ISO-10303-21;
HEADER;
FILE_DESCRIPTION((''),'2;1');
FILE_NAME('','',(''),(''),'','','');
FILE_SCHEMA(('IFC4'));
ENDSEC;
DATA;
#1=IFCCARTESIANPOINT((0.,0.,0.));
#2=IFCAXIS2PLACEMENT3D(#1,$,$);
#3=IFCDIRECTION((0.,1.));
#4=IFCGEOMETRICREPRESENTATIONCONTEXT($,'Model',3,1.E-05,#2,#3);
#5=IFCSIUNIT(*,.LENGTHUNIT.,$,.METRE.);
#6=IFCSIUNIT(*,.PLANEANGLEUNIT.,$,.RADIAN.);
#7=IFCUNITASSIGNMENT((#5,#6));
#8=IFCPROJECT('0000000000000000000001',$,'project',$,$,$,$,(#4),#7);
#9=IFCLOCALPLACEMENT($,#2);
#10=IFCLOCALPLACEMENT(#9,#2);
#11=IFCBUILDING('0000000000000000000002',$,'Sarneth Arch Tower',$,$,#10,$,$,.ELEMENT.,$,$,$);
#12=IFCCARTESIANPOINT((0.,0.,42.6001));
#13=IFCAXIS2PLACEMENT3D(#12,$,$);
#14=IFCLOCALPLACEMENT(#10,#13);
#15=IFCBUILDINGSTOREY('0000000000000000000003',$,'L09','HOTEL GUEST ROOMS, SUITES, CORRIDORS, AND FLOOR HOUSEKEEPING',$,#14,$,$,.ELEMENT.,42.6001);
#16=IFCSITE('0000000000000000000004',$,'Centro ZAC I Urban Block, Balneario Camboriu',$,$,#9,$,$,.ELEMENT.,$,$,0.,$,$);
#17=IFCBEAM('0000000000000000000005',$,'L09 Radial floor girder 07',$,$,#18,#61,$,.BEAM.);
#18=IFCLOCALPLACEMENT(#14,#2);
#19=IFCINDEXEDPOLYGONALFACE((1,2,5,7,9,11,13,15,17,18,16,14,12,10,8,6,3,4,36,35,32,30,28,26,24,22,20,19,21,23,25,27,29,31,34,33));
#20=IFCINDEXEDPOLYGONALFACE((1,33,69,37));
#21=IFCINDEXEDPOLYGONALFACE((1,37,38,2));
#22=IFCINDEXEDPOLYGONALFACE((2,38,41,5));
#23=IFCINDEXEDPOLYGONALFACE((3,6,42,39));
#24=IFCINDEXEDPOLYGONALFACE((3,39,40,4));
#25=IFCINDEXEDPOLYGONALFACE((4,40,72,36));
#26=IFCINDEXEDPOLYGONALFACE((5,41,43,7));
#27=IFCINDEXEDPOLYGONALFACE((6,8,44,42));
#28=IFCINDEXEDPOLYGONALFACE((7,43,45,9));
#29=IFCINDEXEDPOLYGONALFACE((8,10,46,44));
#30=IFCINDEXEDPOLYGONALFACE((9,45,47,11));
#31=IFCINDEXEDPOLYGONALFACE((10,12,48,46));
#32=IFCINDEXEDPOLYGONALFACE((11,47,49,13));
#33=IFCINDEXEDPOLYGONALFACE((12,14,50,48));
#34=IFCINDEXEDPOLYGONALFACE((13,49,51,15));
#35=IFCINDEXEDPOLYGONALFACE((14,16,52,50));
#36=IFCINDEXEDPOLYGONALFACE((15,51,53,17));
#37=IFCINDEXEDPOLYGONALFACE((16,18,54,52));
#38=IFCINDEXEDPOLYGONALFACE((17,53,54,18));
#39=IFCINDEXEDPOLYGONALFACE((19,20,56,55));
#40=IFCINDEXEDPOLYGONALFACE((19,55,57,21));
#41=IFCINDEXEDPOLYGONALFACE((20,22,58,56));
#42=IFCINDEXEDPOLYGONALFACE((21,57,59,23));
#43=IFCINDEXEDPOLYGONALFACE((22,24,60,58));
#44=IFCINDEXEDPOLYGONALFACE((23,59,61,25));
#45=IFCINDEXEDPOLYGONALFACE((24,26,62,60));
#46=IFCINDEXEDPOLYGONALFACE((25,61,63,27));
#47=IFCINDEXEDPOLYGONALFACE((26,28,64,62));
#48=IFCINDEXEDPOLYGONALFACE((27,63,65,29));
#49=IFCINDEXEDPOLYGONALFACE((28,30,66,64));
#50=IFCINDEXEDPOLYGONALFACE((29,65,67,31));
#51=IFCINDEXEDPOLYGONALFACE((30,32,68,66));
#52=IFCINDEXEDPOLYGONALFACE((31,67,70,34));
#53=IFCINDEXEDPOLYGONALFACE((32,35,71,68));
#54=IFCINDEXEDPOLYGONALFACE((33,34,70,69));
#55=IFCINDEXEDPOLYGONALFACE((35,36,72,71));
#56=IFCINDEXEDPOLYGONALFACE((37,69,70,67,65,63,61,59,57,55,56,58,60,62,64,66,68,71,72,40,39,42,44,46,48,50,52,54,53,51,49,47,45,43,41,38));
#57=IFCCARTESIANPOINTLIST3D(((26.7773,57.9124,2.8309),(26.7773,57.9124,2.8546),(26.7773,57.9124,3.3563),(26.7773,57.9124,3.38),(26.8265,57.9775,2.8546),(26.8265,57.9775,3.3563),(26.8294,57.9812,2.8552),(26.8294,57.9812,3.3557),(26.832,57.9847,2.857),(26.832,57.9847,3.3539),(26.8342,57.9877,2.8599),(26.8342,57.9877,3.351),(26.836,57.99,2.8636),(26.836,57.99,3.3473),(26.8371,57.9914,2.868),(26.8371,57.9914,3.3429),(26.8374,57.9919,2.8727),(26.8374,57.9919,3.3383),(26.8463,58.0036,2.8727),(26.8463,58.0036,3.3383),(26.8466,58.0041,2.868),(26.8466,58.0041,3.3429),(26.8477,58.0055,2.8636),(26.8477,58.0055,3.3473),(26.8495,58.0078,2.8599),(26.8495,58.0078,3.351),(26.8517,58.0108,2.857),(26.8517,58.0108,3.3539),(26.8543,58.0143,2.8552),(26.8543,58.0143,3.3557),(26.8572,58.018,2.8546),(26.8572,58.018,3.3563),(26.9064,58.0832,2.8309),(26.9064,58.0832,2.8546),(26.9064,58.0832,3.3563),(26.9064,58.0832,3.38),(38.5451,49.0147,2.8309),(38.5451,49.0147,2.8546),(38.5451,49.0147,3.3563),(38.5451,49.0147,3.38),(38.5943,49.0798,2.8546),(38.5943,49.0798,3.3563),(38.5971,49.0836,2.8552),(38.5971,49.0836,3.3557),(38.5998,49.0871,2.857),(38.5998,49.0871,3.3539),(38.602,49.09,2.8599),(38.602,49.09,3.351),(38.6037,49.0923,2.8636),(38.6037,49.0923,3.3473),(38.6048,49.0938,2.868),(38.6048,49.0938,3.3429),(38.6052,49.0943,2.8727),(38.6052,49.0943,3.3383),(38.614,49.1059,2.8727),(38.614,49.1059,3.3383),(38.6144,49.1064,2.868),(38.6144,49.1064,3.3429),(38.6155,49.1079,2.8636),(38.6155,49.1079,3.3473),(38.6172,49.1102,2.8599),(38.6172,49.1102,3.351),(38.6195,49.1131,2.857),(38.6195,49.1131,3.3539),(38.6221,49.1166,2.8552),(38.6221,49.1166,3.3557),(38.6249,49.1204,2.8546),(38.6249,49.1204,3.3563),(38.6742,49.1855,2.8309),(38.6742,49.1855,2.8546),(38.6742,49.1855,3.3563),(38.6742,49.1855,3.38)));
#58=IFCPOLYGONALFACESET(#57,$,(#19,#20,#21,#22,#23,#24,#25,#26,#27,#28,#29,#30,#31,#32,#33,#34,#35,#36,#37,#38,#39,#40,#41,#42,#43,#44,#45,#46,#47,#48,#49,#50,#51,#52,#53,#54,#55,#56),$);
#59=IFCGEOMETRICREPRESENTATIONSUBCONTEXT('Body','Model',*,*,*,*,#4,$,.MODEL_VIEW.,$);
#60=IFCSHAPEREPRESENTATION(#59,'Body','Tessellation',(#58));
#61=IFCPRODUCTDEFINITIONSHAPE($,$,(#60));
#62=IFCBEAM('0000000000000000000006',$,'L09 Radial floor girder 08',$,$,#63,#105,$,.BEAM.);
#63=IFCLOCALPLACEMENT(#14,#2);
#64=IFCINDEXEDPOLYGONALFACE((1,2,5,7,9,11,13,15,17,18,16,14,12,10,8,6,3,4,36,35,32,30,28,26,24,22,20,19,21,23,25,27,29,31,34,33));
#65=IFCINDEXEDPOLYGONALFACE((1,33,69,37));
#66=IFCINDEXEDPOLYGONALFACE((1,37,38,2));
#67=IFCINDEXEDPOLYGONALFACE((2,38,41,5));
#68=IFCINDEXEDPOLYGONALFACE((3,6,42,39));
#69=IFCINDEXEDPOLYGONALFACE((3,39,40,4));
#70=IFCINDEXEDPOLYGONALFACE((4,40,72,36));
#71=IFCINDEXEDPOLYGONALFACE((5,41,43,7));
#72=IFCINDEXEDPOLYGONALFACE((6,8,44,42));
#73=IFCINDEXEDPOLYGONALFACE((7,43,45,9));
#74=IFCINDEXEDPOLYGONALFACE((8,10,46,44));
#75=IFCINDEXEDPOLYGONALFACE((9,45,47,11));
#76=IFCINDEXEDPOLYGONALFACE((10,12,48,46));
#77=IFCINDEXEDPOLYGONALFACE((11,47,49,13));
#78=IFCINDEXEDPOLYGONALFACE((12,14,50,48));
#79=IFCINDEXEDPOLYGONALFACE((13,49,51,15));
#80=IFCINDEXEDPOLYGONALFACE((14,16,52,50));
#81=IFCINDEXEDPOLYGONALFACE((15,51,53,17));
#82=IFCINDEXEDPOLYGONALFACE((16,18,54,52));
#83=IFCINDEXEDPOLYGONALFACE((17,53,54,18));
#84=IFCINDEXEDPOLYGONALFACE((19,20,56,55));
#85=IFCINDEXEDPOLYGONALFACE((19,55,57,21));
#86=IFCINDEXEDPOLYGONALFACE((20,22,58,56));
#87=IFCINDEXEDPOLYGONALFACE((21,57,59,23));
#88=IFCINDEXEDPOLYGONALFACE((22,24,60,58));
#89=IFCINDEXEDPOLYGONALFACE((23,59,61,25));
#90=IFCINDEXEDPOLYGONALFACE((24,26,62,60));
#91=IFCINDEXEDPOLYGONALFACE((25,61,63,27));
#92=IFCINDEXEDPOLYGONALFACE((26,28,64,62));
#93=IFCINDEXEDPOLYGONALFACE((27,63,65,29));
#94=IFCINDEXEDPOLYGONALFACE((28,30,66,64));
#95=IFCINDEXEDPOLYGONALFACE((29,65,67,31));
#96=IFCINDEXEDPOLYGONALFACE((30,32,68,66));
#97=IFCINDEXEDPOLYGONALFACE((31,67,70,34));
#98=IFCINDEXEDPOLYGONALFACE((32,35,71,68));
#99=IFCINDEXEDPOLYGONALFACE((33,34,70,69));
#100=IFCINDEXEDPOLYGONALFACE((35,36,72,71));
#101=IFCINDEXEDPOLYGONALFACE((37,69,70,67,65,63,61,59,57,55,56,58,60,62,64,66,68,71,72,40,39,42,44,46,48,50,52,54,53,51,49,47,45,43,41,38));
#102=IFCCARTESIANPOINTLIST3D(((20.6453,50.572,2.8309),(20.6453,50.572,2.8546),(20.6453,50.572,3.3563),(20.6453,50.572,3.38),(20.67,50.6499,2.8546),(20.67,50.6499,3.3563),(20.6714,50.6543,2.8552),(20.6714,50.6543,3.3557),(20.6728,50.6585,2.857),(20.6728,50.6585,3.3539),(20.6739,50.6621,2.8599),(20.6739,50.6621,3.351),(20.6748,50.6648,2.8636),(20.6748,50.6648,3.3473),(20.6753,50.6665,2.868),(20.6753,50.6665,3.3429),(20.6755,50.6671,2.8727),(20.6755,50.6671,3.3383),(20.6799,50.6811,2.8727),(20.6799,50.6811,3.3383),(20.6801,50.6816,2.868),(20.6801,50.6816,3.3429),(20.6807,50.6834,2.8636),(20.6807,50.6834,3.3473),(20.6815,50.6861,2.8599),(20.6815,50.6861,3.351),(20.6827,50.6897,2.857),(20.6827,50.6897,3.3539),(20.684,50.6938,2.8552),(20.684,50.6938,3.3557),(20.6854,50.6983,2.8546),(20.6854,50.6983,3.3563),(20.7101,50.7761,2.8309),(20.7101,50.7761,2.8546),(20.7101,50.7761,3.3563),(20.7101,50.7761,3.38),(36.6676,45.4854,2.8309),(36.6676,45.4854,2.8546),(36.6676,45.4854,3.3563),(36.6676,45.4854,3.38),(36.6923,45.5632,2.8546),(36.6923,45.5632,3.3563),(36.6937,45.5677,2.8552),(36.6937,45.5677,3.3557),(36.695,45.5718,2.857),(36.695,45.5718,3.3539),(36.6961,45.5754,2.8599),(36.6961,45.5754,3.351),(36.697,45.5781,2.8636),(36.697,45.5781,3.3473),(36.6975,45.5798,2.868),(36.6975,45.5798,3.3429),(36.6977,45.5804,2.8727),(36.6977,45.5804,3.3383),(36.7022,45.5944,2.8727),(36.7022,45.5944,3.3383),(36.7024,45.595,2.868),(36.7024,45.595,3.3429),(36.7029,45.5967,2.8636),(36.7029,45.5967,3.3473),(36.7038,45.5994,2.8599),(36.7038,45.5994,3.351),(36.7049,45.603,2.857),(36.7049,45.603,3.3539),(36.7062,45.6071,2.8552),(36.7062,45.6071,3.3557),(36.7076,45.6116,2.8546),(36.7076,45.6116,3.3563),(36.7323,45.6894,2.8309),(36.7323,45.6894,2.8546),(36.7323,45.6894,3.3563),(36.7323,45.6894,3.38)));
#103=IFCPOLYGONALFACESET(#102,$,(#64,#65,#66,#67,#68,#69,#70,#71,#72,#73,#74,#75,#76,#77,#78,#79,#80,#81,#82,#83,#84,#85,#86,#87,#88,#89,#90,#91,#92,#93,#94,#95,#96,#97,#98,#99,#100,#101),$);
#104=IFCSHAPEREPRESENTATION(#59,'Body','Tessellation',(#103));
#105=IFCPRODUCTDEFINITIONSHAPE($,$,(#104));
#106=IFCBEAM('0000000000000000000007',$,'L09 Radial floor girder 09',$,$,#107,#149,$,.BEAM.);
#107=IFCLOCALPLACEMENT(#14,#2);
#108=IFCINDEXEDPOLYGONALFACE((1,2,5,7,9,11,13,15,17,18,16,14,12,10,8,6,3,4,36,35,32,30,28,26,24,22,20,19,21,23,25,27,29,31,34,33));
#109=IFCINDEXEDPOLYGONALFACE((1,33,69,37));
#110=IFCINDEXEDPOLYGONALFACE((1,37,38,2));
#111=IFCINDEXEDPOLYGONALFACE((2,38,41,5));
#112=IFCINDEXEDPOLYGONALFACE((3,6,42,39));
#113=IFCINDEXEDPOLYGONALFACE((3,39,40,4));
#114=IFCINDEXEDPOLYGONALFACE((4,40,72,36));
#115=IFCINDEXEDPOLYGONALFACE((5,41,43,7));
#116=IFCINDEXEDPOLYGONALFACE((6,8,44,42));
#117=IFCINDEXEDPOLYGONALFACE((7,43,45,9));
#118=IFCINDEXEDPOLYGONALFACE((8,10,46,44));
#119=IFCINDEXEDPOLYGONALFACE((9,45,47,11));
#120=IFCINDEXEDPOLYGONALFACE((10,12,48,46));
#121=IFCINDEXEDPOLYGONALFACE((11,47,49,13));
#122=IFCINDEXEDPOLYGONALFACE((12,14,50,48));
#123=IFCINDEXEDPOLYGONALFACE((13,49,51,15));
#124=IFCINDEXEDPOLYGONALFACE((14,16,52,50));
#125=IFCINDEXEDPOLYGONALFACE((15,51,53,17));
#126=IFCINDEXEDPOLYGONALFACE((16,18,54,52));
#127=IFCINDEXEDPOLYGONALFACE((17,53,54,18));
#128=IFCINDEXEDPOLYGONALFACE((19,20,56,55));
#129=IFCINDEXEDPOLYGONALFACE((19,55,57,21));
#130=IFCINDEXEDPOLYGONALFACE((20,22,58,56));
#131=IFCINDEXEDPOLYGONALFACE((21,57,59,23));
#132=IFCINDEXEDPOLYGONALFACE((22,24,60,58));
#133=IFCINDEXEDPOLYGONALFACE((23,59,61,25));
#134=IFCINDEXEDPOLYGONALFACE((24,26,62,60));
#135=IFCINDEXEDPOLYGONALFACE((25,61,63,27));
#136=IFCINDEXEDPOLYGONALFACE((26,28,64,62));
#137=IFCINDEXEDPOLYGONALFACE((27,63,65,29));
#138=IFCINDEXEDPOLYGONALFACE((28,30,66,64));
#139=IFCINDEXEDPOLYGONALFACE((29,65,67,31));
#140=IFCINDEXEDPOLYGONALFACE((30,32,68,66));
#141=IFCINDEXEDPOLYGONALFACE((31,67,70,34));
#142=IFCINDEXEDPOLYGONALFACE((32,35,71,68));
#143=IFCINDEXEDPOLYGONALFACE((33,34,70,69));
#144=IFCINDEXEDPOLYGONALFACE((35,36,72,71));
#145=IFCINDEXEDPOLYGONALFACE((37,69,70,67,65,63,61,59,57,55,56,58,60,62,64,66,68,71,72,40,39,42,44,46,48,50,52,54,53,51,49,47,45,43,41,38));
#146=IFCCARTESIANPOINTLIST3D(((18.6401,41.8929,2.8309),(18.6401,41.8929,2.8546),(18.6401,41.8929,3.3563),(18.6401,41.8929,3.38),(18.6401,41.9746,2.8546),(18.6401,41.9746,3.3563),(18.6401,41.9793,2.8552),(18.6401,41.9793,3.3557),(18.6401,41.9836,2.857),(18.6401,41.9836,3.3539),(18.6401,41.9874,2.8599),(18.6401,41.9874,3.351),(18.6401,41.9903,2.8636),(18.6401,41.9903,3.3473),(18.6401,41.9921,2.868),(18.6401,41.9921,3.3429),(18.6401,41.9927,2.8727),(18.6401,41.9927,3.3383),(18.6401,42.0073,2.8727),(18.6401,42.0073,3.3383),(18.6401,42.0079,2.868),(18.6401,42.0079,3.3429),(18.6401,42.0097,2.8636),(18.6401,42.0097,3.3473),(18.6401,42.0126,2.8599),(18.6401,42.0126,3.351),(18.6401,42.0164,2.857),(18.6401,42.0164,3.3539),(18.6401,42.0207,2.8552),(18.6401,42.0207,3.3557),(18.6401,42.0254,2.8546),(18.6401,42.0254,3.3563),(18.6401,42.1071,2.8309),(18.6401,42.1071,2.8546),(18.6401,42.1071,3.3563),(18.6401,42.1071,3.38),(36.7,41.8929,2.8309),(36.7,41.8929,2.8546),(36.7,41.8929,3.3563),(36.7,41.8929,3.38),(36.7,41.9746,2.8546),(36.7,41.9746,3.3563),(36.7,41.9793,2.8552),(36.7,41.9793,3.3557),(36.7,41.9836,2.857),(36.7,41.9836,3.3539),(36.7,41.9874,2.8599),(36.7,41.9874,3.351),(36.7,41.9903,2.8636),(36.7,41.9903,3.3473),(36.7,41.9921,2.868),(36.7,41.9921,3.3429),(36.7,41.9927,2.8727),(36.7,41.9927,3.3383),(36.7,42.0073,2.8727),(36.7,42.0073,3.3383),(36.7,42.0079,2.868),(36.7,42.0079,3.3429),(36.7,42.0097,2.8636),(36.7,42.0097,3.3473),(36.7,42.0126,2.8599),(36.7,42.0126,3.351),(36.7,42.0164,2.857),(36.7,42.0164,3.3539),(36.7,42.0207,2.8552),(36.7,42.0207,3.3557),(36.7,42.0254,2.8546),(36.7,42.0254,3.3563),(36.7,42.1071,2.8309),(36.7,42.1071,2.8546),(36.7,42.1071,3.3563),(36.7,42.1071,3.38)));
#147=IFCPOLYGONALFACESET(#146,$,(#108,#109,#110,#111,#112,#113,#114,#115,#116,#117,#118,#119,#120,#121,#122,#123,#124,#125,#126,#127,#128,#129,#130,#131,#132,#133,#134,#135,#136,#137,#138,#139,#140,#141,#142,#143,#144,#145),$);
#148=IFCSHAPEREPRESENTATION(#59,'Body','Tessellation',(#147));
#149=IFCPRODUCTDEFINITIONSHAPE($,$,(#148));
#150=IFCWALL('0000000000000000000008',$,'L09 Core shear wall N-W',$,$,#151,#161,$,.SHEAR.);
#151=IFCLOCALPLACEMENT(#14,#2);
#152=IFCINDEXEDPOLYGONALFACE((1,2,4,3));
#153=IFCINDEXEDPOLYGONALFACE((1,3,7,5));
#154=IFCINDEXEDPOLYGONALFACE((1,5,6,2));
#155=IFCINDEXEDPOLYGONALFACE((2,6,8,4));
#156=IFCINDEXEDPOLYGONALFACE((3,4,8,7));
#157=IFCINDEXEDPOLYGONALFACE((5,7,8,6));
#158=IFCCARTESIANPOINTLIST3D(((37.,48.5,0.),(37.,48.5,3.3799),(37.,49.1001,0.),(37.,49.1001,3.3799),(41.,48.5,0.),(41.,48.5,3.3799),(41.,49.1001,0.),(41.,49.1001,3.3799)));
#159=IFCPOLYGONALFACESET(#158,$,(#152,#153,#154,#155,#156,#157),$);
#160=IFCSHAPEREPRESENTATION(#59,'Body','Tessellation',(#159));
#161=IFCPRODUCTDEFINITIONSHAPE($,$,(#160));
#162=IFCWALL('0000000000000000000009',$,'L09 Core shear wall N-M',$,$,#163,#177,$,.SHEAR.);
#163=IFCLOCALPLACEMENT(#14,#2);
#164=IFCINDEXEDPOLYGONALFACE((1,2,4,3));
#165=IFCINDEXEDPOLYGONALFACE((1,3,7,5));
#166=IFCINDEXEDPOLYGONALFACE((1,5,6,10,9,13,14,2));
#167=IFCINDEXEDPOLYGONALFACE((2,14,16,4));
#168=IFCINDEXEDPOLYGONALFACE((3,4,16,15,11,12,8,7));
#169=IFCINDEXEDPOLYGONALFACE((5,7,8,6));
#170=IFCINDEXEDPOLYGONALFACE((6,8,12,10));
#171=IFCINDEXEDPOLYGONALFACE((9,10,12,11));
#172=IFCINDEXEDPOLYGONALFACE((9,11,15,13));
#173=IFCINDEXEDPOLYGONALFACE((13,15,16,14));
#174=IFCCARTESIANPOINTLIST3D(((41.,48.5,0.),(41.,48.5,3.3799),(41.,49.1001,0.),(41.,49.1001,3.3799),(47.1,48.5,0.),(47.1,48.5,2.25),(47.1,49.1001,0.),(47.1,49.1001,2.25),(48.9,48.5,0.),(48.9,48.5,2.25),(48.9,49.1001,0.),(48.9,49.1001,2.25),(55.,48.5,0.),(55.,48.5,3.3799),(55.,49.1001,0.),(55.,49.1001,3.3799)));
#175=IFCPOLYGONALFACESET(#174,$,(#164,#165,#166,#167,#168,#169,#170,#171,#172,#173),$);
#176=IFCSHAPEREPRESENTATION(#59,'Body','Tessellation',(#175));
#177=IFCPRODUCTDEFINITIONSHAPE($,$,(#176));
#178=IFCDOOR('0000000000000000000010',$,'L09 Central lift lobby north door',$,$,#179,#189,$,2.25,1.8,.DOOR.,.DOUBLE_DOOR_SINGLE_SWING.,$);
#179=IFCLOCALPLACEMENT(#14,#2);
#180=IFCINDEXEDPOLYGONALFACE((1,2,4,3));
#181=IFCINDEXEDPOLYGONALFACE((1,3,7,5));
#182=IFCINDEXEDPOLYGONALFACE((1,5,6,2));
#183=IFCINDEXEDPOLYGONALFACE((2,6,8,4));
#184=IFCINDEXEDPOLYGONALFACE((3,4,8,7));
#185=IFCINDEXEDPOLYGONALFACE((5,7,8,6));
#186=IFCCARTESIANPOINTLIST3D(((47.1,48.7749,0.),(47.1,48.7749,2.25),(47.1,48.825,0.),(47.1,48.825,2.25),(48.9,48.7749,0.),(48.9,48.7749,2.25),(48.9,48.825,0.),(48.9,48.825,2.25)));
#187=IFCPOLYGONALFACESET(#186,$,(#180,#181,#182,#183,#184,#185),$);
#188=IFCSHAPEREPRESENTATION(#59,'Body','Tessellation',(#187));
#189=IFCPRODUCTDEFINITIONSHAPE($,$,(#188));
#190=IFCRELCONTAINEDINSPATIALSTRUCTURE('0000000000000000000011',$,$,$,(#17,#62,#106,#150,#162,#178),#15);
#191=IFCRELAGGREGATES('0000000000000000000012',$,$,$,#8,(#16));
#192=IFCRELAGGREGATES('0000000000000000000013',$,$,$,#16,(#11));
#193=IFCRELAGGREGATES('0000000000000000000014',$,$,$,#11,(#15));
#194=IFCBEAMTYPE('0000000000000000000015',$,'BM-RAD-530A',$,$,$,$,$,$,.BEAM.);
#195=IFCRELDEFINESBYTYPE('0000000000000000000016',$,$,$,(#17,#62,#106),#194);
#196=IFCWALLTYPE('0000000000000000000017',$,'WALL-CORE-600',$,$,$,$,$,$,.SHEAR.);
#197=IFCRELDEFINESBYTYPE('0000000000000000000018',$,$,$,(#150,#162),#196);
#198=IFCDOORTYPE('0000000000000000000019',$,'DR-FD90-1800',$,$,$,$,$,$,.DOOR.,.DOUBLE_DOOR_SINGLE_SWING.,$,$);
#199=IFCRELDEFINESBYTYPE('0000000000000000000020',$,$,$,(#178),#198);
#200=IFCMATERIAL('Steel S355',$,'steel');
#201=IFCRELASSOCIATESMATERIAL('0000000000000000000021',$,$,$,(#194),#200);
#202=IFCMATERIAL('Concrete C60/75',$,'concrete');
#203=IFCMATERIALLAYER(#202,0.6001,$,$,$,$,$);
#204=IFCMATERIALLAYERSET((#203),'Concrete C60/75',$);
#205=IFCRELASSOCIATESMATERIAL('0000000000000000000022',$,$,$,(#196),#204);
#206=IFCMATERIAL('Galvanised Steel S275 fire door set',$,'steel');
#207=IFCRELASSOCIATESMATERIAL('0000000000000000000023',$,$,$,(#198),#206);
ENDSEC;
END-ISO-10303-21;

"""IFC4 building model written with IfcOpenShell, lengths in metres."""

from ifc_helpers import new_model, si_unit, direction, frame, frame_2d, origin, origin_2d, place, context, subcontext, project, spatial, rectangle, i_section, extrude, material, layer, layer_set, material_profile, profile_set, type_object, element, fill, save


model = new_model("IFC4")

# Units and contexts
model_context = context("Model", 3, precision=1e-05, world=origin(), true_north=direction((0.0, 1.0)))
body_context = subcontext(model_context, "Body", "Model", "MODEL_VIEW")
ifc_project = project(units=[si_unit("LENGTHUNIT", "METRE"), si_unit("PLANEANGLEUNIT", "RADIAN")], contexts=[model_context])

# Site, building, storey
site_placement = place(None, origin())
site = spatial("IfcSite", under=ifc_project, at=site_placement, Name="Centro ZAC I Urban Block, Balneario Camboriu", CompositionType="ELEMENT", RefElevation=0.0)
building_placement = place(site_placement, origin())
building = spatial("IfcBuilding", under=site, at=building_placement, Name="Sarneth Arch Tower", CompositionType="ELEMENT")
storey_placement = place(building_placement, frame((0.0, 0.0, 42.6001)))
storey = spatial("IfcBuildingStorey", under=building, at=storey_placement, Name="L09", Description="HOTEL GUEST ROOMS, SUITES, CORRIDORS, AND FLOOR HOUSEKEEPING", CompositionType="ELEMENT", Elevation=42.6001)

# Beams
ifc_material_1 = material(Name="Steel S355", Category="steel")
ifc_material_profile = material_profile(ifc_material_1, i_section(OverallWidth=0.2141, OverallDepth=0.5491, WebThickness=0.0146, FlangeThickness=0.0237, FilletRadius=0.0181, at=origin_2d()), Name="W530x138")
ifc_profile_set = profile_set([ifc_material_profile], Name="Steel S355")
beam_type = type_object("IfcBeamType", Name="BM-RAD-530A", PredefinedType="BEAM", material=ifc_profile_set)
beam_1_placement = place(storey_placement, frame((38.6096, 49.1001, 3.1055), z_axis=(-0.797657, 0.603112, 0.0), x_axis=(-0.603112, -0.797657, 0.0)))
element("IfcBeam", 1, at=beam_1_placement, inside=storey, type_object=beam_type, Name="L09 Radial floor girder 07", PredefinedType="BEAM", context=body_context, shape_type="SweptSolid", body=[
    extrude(i_section(OverallWidth=0.2141, OverallDepth=0.5491, WebThickness=0.0146, FlangeThickness=0.0237, FilletRadius=0.0181, at=origin_2d()), origin(), (0.0, 0.0, 1.0), 14.7529),
])
beam_2_placement = place(storey_placement, frame((36.7, 45.5874, 3.1055), z_axis=(-0.95312, 0.302593, 0.0), x_axis=(-0.302593, -0.95312, 0.0)))
element("IfcBeam", 2, at=beam_2_placement, inside=storey, type_object=beam_type, Name="L09 Radial floor girder 08", PredefinedType="BEAM", context=body_context, shape_type="SweptSolid", body=[
    extrude(i_section(OverallWidth=0.2141, OverallDepth=0.5491, WebThickness=0.0146, FlangeThickness=0.0237, FilletRadius=0.0181, at=origin_2d()), origin(), (0.0, 0.0, 1.0), 16.8103),
])
beam_3_placement = place(storey_placement, frame((36.7, 42.0, 3.1055), z_axis=(-1.0, 0.0, 0.0), x_axis=(0.0, -1.0, 0.0)))
element("IfcBeam", 3, at=beam_3_placement, inside=storey, type_object=beam_type, Name="L09 Radial floor girder 09", PredefinedType="BEAM", context=body_context, shape_type="SweptSolid", body=[
    extrude(i_section(OverallWidth=0.2141, OverallDepth=0.5491, WebThickness=0.0146, FlangeThickness=0.0237, FilletRadius=0.0181, at=origin_2d()), origin(), (0.0, 0.0, 1.0), 18.0598),
])

# Wall
ifc_material_2 = material(Name="Concrete C60/75", Category="concrete")
ifc_layer_1 = layer(ifc_material_2, 0.6001)
ifc_layer_set_1 = layer_set([ifc_layer_1], Name="Concrete C60/75")
wall_type_1 = type_object("IfcWallType", Name="WALL-CORE-600", PredefinedType="SHEAR", material=ifc_layer_set_1)
wall_1_placement = place(storey_placement, frame((37.0, 48.8, 0.0), z_axis=(0.0, 0.0, 1.0), x_axis=(1.0, 0.0, 0.0)))
element("IfcWall", 4, at=wall_1_placement, inside=storey, type_object=wall_type_1, Name="L09 Core shear wall N-W", PredefinedType="SHEAR", context=body_context, shape_type="SweptSolid", body=[
    extrude(rectangle(XDim=4.0, YDim=0.6001, at=frame_2d((2.0, 0.0))), origin(), (0.0, 0.0, 1.0), 3.3799),
])

# Wall, opening, door
wall_2_placement = place(storey_placement, frame((41.0, 48.8, 0.0), z_axis=(0.0, 0.0, 1.0), x_axis=(1.0, 0.0, 0.0)))
wall_2 = element("IfcWall", 5, at=wall_2_placement, inside=storey, type_object=wall_type_1, Name="L09 Core shear wall N-M", PredefinedType="SHEAR", context=body_context, shape_type="SweptSolid", body=[
    extrude(rectangle(XDim=14.0, YDim=0.6001, at=frame_2d((7.0, 0.0))), origin(), (0.0, 0.0, 1.0), 3.3799),
])
opening_1_placement = place(wall_2_placement, frame((6.1001, 0.0, 0.0)))
opening_1 = element("IfcOpeningElement", 6, at=opening_1_placement, cuts=wall_2, PredefinedType="OPENING", context=body_context, shape_type="SweptSolid", body=[
    extrude(rectangle(XDim=1.8, YDim=2.25, at=frame_2d((0.8999, 1.125))), frame((0.0, 0.3101, 0.0), z_axis=(0.0, -1.0, 0.0), x_axis=(1.0, 0.0, 0.0)), (0.0, 0.0, 1.0), 0.6201),
])
ifc_material_3 = material(Name="Galvanised Steel S275 fire door set", Category="steel")
door_type_1 = type_object("IfcDoorType", Name="DR-FD90-1800", OperationType="DOUBLE_DOOR_SINGLE_SWING", PredefinedType="DOOR", material=ifc_material_3)
door_1_placement = place(opening_1_placement, origin())
door_1 = element("IfcDoor", 7, at=door_1_placement, inside=storey, type_object=door_type_1, Name="L09 Central lift lobby north door", OperationType="DOUBLE_DOOR_SINGLE_SWING", OverallHeight=2.25, OverallWidth=1.8, PredefinedType="DOOR", context=body_context, shape_type="SweptSolid", body=[
    extrude(rectangle(XDim=1.8, YDim=2.25, at=frame_2d((0.8999, 1.125))), frame((0.0, 0.0249, 0.0), z_axis=(0.0, -1.0, 0.0), x_axis=(1.0, 0.0, 0.0)), (0.0, 0.0, 1.0), 0.05),
])
fill(opening_1, door_1)

save(model, "model.ifc")
